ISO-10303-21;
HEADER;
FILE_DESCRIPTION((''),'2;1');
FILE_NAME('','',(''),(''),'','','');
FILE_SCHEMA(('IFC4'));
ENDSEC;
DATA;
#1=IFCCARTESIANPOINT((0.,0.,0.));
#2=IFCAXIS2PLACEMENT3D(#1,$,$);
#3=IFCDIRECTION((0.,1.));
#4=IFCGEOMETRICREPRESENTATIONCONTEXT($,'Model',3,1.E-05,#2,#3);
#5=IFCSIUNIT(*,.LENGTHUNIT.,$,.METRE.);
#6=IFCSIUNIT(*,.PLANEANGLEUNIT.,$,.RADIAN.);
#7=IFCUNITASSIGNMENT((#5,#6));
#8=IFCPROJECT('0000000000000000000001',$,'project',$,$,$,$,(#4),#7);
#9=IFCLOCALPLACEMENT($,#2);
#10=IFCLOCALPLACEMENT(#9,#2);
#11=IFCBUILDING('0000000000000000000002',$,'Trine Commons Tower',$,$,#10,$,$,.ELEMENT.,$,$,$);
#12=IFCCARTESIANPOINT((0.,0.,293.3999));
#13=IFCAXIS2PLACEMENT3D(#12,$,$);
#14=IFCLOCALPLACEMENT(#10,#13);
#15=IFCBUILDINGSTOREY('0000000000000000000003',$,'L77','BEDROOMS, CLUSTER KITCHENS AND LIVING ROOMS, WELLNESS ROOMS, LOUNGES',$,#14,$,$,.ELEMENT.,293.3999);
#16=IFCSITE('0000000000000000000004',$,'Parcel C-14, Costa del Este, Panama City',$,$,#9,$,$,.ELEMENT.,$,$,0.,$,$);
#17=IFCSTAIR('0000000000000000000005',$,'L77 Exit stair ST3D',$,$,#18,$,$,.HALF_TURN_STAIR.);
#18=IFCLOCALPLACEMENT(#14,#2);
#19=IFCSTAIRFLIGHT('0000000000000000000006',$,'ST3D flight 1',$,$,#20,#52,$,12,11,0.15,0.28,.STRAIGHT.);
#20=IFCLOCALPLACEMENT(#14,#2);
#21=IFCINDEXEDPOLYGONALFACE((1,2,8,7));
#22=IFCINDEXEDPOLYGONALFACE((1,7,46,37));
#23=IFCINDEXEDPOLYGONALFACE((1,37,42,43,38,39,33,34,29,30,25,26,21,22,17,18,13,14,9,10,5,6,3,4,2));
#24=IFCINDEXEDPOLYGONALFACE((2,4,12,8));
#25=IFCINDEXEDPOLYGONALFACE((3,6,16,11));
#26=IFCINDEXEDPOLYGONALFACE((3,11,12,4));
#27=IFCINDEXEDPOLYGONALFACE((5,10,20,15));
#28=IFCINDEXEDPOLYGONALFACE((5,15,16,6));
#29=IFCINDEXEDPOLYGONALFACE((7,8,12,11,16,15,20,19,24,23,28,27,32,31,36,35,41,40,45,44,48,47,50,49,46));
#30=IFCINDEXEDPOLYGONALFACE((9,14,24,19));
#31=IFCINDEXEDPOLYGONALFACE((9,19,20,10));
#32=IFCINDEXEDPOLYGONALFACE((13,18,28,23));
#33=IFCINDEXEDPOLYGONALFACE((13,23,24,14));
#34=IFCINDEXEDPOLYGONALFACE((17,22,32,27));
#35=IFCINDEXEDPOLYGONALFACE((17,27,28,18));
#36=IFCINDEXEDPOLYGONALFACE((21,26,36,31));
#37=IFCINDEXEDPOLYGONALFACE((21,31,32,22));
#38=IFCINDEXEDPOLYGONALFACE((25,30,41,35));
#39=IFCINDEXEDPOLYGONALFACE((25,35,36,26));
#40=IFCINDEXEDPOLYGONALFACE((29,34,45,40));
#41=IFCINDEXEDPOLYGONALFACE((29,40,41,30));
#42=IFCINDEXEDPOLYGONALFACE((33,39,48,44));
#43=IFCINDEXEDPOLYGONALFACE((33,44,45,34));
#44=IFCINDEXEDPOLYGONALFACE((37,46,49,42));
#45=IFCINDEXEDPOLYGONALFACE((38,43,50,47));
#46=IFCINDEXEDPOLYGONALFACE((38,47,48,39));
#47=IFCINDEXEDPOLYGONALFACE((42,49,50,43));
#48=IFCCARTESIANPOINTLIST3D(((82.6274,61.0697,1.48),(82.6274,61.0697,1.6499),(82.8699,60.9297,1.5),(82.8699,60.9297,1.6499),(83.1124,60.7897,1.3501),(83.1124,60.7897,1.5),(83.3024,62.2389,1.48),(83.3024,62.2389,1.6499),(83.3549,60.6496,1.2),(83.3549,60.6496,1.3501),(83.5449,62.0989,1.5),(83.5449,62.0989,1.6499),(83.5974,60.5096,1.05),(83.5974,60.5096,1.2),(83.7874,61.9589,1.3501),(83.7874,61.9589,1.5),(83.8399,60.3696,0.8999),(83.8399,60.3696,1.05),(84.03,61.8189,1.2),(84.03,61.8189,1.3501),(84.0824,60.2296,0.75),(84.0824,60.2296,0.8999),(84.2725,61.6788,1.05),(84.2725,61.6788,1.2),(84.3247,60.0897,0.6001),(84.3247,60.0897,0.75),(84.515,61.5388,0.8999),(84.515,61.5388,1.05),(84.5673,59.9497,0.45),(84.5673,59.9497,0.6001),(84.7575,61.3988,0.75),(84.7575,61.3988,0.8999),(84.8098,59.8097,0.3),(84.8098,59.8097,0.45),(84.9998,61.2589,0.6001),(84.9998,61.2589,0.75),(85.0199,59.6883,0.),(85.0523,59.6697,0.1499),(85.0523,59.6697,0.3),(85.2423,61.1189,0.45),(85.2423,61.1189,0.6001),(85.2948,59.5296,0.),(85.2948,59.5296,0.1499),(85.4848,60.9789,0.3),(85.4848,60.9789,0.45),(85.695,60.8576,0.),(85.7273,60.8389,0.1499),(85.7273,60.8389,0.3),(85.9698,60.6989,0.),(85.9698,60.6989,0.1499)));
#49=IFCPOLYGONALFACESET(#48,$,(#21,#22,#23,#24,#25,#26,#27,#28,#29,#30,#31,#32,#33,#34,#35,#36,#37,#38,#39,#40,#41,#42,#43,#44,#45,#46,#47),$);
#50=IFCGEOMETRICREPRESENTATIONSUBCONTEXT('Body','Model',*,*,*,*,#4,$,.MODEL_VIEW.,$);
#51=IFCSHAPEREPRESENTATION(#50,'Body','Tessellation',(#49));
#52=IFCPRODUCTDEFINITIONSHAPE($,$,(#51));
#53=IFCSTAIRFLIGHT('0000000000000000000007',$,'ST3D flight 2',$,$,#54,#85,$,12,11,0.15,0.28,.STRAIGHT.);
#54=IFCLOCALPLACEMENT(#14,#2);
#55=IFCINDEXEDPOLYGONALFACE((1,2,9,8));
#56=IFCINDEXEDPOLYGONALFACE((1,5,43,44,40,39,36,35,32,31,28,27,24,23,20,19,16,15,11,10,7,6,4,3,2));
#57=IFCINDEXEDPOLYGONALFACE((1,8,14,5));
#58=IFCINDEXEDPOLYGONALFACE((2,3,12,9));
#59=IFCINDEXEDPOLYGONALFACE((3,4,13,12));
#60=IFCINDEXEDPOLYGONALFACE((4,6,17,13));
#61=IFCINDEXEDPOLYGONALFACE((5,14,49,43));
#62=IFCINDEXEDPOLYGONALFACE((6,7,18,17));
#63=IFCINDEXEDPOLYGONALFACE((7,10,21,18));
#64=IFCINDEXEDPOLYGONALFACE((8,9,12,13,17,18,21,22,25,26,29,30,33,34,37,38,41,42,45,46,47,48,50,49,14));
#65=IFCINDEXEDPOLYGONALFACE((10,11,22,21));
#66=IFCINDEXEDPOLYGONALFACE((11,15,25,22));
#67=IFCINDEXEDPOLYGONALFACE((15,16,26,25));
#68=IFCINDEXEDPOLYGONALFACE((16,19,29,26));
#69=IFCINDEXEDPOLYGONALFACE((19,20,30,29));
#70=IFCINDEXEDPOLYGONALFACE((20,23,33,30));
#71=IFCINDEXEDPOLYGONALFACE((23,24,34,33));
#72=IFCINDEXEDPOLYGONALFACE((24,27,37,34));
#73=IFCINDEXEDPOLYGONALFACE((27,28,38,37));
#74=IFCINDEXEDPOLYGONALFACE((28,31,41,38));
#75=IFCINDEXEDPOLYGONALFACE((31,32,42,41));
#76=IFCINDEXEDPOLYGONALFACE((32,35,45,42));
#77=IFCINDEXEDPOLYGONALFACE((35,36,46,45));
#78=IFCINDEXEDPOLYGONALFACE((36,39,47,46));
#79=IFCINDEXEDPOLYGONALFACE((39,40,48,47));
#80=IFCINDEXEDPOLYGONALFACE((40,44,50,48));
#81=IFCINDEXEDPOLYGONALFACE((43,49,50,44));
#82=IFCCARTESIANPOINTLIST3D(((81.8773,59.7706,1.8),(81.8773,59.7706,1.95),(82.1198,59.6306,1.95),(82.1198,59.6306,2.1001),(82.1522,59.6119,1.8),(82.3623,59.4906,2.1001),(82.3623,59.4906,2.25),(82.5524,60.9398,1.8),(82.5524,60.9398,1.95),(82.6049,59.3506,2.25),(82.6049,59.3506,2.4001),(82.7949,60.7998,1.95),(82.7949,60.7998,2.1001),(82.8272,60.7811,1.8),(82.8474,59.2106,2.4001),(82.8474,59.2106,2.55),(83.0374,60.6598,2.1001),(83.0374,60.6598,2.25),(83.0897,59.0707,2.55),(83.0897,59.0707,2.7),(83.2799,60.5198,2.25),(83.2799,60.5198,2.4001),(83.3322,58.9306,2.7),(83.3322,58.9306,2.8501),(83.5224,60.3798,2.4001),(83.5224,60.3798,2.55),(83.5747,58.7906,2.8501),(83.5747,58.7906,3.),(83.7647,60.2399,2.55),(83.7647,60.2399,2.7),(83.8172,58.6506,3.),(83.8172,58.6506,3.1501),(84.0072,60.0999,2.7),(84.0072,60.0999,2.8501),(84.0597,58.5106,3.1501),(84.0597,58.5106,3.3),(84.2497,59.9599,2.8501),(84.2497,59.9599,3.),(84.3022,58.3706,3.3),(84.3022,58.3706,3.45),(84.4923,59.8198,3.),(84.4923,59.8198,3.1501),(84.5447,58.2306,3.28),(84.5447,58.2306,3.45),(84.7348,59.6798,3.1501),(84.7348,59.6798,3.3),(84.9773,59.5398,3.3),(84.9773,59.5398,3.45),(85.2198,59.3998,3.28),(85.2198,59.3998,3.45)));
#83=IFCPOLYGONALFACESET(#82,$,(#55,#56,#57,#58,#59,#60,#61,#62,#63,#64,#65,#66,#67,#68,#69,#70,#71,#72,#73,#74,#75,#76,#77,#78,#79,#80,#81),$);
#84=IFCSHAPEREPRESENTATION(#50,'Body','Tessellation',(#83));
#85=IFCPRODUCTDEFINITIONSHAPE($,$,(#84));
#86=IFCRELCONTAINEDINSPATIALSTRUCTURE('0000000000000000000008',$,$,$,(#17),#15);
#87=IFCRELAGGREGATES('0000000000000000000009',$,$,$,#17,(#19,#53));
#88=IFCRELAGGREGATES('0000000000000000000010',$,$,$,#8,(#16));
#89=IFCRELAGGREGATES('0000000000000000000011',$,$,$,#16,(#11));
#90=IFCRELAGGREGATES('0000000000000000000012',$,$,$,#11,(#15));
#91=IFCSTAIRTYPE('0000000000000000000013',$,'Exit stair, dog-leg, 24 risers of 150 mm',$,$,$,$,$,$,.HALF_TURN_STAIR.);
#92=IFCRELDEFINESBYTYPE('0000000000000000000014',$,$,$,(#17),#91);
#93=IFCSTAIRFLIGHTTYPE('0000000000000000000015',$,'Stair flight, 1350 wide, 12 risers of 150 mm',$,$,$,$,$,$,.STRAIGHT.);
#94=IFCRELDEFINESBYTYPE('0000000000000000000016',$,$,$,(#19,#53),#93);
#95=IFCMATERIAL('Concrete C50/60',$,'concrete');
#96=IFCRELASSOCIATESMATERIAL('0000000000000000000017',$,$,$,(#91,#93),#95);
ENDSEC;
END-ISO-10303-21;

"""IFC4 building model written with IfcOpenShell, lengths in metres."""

from ifc_helpers import new_model, si_unit, direction, frame, origin, place, context, subcontext, project, spatial, polyline, outline, extrude, material, type_object, element, aggregate, save


model = new_model("IFC4")

# Units and contexts
model_context = context("Model", 3, precision=1e-05, world=origin(), true_north=direction((0.0, 1.0)))
body_context = subcontext(model_context, "Body", "Model", "MODEL_VIEW")
ifc_project = project(units=[si_unit("LENGTHUNIT", "METRE"), si_unit("PLANEANGLEUNIT", "RADIAN")], contexts=[model_context])

# Site, building, storey
site_placement = place(None, origin())
site = spatial("IfcSite", under=ifc_project, at=site_placement, Name="Parcel C-14, Costa del Este, Panama City", CompositionType="ELEMENT", RefElevation=0.0)
building_placement = place(site_placement, origin())
building = spatial("IfcBuilding", under=site, at=building_placement, Name="Trine Commons Tower", CompositionType="ELEMENT")
storey_placement = place(building_placement, frame((0.0, 0.0, 293.3999)))
storey = spatial("IfcBuildingStorey", under=building, at=storey_placement, Name="L77", Description="BEDROOMS, CLUSTER KITCHENS AND LIVING ROOMS, WELLNESS ROOMS, LOUNGES", CompositionType="ELEMENT", Elevation=293.3999)

# Shared definitions
ifc_material_1 = material(Name="Concrete C50/60", Category="concrete")

# Stair, stair flights
stair_type = type_object("IfcStairType", Name="Exit stair, dog-leg, 24 risers of 150 mm", PredefinedType="HALF_TURN_STAIR", material=ifc_material_1)
stair_placement = place(storey_placement, origin())
stair = element("IfcStair", 1, at=stair_placement, inside=storey, type_object=stair_type, Name="L77 Exit stair ST3D", PredefinedType="HALF_TURN_STAIR")
stair_flight_type = type_object("IfcStairFlightType", Name="Stair flight, 1350 wide, 12 risers of 150 mm", PredefinedType="STRAIGHT", material=ifc_material_1)
stair_flight_1_placement = place(storey_placement, frame((85.6323, 60.1143, 0.0), z_axis=(0.0, 0.0, 1.0), x_axis=(-0.866025, 0.5, 0.0)))
stair_flight_1 = element("IfcStairFlight", 2, at=stair_flight_1_placement, type_object=stair_flight_type, Name="ST3D flight 1", NumberOfRisers=12, NumberOfTreads=11, PredefinedType="STRAIGHT", RiserHeight=0.15, TreadLength=0.28, context=body_context, shape_type="SweptSolid", body=[
    extrude(outline(polyline([(0.0, 0.0), (0.0, 0.1499), (0.28, 0.1499), (0.28, 0.3), (0.5601, 0.3), (0.5601, 0.45), (0.8401, 0.45), (0.8401, 0.6001), (1.1201, 0.6001), (1.1201, 0.75), (1.3999, 0.75), (1.3999, 0.8999), (1.6799, 0.8999), (1.6799, 1.05), (1.96, 1.05), (1.96, 1.2), (2.24, 1.2), (2.24, 1.3501), (2.52, 1.3501), (2.52, 1.5), (2.8, 1.5), (2.8, 1.6499), (3.0801, 1.6499), (3.0801, 1.8), (3.0801, 1.48), (0.3174, 0.0), (0.0, 0.0)])), frame((0.0, 0.675, 0.0), z_axis=(0.0, -1.0, 0.0), x_axis=(1.0, 0.0, 0.0)), (0.0, 0.0, 1.0), 1.3501),
])
stair_flight_2_placement = place(storey_placement, frame((82.2148, 60.3552, 1.8), z_axis=(0.0, 0.0, 1.0), x_axis=(0.866025, -0.5, 0.0)))
stair_flight_2 = element("IfcStairFlight", 3, at=stair_flight_2_placement, type_object=stair_flight_type, Name="ST3D flight 2", NumberOfRisers=12, NumberOfTreads=11, PredefinedType="STRAIGHT", RiserHeight=0.15, TreadLength=0.28, context=body_context, shape_type="SweptSolid", body=[
    extrude(outline(polyline([(0.0, 0.0), (0.0, 0.1499), (0.28, 0.1499), (0.28, 0.3), (0.5601, 0.3), (0.5601, 0.45), (0.8401, 0.45), (0.8401, 0.6001), (1.1201, 0.6001), (1.1201, 0.75), (1.3999, 0.75), (1.3999, 0.8999), (1.6799, 0.8999), (1.6799, 1.05), (1.96, 1.05), (1.96, 1.2), (2.24, 1.2), (2.24, 1.3501), (2.52, 1.3501), (2.52, 1.5), (2.8, 1.5), (2.8, 1.6499), (3.0801, 1.6499), (3.0801, 1.8), (3.0801, 1.48), (0.3174, 0.0), (0.0, 0.0)])), frame((0.0, 0.675, 0.0), z_axis=(0.0, -1.0, 0.0), x_axis=(1.0, 0.0, 0.0)), (0.0, 0.0, 1.0), 1.3501),
])
aggregate(stair, [stair_flight_1, stair_flight_2])

save(model, "model.ifc")
